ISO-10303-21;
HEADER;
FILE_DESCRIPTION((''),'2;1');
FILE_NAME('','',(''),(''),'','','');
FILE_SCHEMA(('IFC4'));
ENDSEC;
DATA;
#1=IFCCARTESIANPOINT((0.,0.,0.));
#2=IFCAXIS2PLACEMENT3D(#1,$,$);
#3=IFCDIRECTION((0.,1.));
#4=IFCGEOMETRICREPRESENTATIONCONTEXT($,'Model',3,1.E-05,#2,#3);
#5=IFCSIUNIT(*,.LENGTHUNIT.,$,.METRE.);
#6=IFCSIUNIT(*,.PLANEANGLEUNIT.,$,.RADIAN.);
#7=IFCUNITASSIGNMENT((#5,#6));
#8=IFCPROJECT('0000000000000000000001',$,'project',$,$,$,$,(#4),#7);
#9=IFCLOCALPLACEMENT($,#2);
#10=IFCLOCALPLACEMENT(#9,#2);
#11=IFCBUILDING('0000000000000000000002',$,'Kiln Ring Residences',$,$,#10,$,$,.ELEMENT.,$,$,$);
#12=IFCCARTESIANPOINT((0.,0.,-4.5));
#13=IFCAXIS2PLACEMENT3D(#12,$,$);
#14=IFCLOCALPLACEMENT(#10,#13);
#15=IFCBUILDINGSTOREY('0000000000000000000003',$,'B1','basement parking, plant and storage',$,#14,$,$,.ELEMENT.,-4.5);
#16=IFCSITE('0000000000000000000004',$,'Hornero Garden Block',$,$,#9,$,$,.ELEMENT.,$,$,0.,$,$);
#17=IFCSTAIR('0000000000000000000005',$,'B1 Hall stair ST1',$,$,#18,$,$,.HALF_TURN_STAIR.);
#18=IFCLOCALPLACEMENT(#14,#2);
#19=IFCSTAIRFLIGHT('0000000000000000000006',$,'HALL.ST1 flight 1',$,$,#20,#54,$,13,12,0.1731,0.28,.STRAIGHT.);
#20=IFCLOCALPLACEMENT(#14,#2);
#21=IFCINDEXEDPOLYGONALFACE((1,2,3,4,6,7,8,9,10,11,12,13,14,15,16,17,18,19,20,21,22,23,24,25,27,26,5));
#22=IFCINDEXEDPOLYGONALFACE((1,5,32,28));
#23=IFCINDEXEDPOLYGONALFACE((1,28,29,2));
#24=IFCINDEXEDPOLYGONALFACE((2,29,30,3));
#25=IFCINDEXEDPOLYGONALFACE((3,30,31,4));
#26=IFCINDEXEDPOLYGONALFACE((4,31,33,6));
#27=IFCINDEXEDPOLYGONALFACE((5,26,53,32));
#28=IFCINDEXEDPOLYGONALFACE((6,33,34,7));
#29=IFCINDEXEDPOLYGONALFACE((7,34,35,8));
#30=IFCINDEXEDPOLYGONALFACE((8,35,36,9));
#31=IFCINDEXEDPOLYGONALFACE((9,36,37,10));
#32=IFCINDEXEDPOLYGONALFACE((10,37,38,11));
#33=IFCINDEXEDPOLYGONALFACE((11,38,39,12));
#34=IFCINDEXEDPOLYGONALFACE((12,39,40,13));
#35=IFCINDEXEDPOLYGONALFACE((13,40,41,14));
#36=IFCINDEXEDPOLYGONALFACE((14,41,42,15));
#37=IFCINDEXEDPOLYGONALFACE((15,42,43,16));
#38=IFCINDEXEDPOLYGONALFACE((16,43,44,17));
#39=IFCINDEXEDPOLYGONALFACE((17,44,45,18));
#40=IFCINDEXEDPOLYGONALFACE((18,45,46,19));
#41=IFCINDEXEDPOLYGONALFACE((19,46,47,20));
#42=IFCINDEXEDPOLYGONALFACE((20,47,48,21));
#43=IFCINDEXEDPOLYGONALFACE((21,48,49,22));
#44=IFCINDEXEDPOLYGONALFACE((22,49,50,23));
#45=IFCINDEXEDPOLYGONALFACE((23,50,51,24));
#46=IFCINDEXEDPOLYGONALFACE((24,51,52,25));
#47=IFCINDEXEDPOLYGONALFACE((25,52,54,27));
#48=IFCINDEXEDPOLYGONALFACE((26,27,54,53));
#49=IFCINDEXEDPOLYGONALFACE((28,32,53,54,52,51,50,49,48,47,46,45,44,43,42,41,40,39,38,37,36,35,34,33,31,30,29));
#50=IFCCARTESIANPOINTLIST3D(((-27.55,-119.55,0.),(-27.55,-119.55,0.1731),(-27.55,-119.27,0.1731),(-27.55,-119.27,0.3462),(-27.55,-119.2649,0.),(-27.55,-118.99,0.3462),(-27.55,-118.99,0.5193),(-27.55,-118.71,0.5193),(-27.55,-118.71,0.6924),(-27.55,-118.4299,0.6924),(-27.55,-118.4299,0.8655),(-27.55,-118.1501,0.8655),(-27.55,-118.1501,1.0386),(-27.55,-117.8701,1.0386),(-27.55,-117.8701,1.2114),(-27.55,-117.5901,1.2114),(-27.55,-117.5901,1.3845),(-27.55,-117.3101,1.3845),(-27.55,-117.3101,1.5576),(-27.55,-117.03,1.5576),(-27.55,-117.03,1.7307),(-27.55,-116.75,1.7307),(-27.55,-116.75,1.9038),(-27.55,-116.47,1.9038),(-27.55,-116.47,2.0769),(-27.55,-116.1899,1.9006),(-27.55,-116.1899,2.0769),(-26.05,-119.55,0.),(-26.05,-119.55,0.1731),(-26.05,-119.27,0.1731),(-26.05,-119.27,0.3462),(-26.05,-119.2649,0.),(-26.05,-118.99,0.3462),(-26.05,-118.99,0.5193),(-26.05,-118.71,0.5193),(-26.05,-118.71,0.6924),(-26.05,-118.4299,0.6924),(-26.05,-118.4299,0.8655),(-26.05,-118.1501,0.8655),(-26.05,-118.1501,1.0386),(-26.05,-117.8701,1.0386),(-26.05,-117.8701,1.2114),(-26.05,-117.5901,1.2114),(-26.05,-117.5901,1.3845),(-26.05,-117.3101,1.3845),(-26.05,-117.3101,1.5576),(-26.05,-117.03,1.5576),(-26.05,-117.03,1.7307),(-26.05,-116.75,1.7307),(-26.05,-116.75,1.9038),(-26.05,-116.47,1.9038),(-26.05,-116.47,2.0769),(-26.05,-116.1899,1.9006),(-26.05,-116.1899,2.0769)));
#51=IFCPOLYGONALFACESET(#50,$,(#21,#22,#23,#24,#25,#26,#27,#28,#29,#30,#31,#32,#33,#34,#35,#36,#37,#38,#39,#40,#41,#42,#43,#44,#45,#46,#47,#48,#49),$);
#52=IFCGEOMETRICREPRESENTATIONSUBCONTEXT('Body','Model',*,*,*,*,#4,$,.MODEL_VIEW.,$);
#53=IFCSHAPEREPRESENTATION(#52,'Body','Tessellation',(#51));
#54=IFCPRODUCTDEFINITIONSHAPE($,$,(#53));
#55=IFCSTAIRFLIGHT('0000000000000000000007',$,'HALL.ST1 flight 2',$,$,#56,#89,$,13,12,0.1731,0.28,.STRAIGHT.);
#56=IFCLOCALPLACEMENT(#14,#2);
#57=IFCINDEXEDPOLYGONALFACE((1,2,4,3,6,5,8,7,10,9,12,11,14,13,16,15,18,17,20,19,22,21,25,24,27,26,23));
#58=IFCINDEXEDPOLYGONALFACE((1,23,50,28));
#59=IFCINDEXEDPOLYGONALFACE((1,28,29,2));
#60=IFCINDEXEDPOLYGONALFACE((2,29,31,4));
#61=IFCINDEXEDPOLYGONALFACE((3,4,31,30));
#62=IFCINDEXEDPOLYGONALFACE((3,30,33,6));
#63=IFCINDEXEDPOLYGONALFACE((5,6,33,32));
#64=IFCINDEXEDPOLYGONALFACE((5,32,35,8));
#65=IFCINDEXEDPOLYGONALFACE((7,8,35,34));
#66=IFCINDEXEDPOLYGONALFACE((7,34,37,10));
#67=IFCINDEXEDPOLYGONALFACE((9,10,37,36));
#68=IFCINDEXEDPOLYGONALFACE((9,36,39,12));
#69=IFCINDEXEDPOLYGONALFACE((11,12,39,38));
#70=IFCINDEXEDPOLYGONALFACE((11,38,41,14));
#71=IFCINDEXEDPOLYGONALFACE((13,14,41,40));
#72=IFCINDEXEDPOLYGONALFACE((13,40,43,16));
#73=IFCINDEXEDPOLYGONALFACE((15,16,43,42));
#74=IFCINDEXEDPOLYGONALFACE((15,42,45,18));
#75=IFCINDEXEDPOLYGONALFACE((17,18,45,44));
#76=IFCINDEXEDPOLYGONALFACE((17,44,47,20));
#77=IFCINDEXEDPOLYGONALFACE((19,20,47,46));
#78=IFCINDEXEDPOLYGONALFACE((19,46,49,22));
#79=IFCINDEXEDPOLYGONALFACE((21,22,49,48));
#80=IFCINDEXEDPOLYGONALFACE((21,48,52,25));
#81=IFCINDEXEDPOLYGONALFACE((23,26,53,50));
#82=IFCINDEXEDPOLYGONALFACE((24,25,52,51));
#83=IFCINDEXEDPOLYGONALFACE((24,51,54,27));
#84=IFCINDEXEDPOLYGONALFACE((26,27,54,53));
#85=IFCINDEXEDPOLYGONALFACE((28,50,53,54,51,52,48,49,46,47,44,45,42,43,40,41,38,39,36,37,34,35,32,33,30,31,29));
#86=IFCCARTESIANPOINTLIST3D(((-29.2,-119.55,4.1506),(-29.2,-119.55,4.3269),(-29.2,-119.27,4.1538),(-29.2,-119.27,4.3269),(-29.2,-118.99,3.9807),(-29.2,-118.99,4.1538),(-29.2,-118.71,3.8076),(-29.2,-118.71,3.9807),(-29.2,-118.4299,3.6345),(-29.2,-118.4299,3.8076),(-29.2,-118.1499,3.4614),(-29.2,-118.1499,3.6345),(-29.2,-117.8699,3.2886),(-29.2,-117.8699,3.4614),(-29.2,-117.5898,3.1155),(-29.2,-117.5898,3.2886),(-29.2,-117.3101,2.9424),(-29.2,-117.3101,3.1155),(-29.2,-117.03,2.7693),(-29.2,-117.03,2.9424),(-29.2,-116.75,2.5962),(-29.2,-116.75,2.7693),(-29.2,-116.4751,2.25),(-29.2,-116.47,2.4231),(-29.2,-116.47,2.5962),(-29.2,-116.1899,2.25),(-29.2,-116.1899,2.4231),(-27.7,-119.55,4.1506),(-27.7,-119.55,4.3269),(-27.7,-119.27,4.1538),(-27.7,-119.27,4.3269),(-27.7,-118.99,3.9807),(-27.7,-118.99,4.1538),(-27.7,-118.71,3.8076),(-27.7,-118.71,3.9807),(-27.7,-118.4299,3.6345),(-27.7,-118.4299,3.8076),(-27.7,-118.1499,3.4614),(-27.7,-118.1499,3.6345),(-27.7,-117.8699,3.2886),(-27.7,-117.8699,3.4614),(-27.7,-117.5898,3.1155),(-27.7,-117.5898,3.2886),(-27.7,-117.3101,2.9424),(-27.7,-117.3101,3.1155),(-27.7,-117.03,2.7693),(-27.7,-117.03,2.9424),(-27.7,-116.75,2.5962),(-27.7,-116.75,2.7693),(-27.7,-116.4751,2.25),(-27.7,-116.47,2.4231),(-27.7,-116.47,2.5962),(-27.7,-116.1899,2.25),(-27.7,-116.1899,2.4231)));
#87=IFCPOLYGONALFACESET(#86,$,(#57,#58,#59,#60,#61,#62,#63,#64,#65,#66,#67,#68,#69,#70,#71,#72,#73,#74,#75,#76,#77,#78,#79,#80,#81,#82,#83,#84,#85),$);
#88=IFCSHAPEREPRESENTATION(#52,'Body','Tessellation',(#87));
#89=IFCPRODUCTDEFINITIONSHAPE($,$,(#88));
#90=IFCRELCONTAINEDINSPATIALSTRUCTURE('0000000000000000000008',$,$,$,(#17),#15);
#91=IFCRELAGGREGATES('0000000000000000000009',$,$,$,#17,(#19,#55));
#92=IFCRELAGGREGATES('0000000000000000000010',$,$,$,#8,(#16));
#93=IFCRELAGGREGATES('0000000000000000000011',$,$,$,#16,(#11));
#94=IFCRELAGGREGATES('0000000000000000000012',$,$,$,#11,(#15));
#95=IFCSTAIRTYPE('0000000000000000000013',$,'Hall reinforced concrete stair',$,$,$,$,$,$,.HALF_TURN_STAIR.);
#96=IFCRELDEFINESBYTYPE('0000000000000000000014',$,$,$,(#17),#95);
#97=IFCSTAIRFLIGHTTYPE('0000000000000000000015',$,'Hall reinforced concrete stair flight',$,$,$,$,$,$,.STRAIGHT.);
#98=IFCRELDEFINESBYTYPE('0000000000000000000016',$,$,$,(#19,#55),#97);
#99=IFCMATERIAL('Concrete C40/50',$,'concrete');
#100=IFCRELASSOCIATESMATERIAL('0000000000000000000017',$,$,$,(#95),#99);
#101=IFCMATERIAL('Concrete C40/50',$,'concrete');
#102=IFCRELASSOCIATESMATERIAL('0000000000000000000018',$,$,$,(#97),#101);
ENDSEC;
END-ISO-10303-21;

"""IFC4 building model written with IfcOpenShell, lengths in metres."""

from ifc_helpers import new_model, si_unit, direction, frame, origin, place, context, subcontext, project, spatial, polyline, outline, extrude, material, type_object, element, aggregate, save


model = new_model("IFC4")

# Units and contexts
model_context = context("Model", 3, precision=1e-05, world=origin(), true_north=direction((0.0, 1.0)))
body_context = subcontext(model_context, "Body", "Model", "MODEL_VIEW")
ifc_project = project(units=[si_unit("LENGTHUNIT", "METRE"), si_unit("PLANEANGLEUNIT", "RADIAN")], contexts=[model_context])

# Site, building, storey
site_placement = place(None, origin())
site = spatial("IfcSite", under=ifc_project, at=site_placement, Name="Hornero Garden Block", CompositionType="ELEMENT", RefElevation=0.0)
building_placement = place(site_placement, origin())
building = spatial("IfcBuilding", under=site, at=building_placement, Name="Kiln Ring Residences", CompositionType="ELEMENT")
storey_placement = place(building_placement, frame((0.0, 0.0, -4.5)))
storey = spatial("IfcBuildingStorey", under=building, at=storey_placement, Name="B1", Description="basement parking, plant and storage", CompositionType="ELEMENT", Elevation=-4.5)

# Stair, stair flights
ifc_material_1 = material(Name="Concrete C40/50", Category="concrete")
stair_type = type_object("IfcStairType", Name="Hall reinforced concrete stair", PredefinedType="HALF_TURN_STAIR", material=ifc_material_1)
stair_placement = place(storey_placement, origin())
stair = element("IfcStair", 1, at=stair_placement, inside=storey, type_object=stair_type, Name="B1 Hall stair ST1", PredefinedType="HALF_TURN_STAIR")
ifc_material_2 = material(Name="Concrete C40/50", Category="concrete")
stair_flight_type = type_object("IfcStairFlightType", Name="Hall reinforced concrete stair flight", PredefinedType="STRAIGHT", material=ifc_material_2)
stair_flight_1_placement = place(storey_placement, frame((-26.8, -119.55, 0.0), z_axis=(0.0, 0.0, 1.0), x_axis=(0.0, 1.0, 0.0)))
stair_flight_1 = element("IfcStairFlight", 2, at=stair_flight_1_placement, type_object=stair_flight_type, Name="HALL.ST1 flight 1", NumberOfRisers=13, NumberOfTreads=12, PredefinedType="STRAIGHT", RiserHeight=0.1731, TreadLength=0.28, context=body_context, shape_type="SweptSolid", body=[
    extrude(outline(polyline([(0.0, 0.0), (0.0, 0.1731), (0.28, 0.1731), (0.28, 0.3462), (0.5601, 0.3462), (0.5601, 0.5193), (0.8401, 0.5193), (0.8401, 0.6924), (1.1201, 0.6924), (1.1201, 0.8655), (1.3999, 0.8655), (1.3999, 1.0386), (1.6799, 1.0386), (1.6799, 1.2114), (1.96, 1.2114), (1.96, 1.3845), (2.24, 1.3845), (2.24, 1.5576), (2.52, 1.5576), (2.52, 1.7307), (2.8, 1.7307), (2.8, 1.9038), (3.0801, 1.9038), (3.0801, 2.0769), (3.3601, 2.0769), (3.3601, 2.25), (3.3601, 1.9006), (0.2852, 0.0), (0.0, 0.0)])), frame((0.0, 0.75, 0.0), z_axis=(0.0, -1.0, 0.0), x_axis=(1.0, 0.0, 0.0)), (0.0, 0.0, 1.0), 1.5),
])
stair_flight_2_placement = place(storey_placement, frame((-28.45, -116.1899, 2.25), z_axis=(0.0, 0.0, 1.0), x_axis=(0.0, -1.0, 0.0)))
stair_flight_2 = element("IfcStairFlight", 3, at=stair_flight_2_placement, type_object=stair_flight_type, Name="HALL.ST1 flight 2", NumberOfRisers=13, NumberOfTreads=12, PredefinedType="STRAIGHT", RiserHeight=0.1731, TreadLength=0.28, context=body_context, shape_type="SweptSolid", body=[
    extrude(outline(polyline([(0.0, 0.0), (0.0, 0.1731), (0.28, 0.1731), (0.28, 0.3462), (0.5601, 0.3462), (0.5601, 0.5193), (0.8401, 0.5193), (0.8401, 0.6924), (1.1201, 0.6924), (1.1201, 0.8655), (1.3999, 0.8655), (1.3999, 1.0386), (1.6799, 1.0386), (1.6799, 1.2114), (1.96, 1.2114), (1.96, 1.3845), (2.24, 1.3845), (2.24, 1.5576), (2.52, 1.5576), (2.52, 1.7307), (2.8, 1.7307), (2.8, 1.9038), (3.0801, 1.9038), (3.0801, 2.0769), (3.3601, 2.0769), (3.3601, 2.25), (3.3601, 1.9006), (0.2852, 0.0), (0.0, 0.0)])), frame((0.0, 0.75, 0.0), z_axis=(0.0, -1.0, 0.0), x_axis=(1.0, 0.0, 0.0)), (0.0, 0.0, 1.0), 1.5),
])
aggregate(stair, [stair_flight_1, stair_flight_2])

save(model, "model.ifc")
